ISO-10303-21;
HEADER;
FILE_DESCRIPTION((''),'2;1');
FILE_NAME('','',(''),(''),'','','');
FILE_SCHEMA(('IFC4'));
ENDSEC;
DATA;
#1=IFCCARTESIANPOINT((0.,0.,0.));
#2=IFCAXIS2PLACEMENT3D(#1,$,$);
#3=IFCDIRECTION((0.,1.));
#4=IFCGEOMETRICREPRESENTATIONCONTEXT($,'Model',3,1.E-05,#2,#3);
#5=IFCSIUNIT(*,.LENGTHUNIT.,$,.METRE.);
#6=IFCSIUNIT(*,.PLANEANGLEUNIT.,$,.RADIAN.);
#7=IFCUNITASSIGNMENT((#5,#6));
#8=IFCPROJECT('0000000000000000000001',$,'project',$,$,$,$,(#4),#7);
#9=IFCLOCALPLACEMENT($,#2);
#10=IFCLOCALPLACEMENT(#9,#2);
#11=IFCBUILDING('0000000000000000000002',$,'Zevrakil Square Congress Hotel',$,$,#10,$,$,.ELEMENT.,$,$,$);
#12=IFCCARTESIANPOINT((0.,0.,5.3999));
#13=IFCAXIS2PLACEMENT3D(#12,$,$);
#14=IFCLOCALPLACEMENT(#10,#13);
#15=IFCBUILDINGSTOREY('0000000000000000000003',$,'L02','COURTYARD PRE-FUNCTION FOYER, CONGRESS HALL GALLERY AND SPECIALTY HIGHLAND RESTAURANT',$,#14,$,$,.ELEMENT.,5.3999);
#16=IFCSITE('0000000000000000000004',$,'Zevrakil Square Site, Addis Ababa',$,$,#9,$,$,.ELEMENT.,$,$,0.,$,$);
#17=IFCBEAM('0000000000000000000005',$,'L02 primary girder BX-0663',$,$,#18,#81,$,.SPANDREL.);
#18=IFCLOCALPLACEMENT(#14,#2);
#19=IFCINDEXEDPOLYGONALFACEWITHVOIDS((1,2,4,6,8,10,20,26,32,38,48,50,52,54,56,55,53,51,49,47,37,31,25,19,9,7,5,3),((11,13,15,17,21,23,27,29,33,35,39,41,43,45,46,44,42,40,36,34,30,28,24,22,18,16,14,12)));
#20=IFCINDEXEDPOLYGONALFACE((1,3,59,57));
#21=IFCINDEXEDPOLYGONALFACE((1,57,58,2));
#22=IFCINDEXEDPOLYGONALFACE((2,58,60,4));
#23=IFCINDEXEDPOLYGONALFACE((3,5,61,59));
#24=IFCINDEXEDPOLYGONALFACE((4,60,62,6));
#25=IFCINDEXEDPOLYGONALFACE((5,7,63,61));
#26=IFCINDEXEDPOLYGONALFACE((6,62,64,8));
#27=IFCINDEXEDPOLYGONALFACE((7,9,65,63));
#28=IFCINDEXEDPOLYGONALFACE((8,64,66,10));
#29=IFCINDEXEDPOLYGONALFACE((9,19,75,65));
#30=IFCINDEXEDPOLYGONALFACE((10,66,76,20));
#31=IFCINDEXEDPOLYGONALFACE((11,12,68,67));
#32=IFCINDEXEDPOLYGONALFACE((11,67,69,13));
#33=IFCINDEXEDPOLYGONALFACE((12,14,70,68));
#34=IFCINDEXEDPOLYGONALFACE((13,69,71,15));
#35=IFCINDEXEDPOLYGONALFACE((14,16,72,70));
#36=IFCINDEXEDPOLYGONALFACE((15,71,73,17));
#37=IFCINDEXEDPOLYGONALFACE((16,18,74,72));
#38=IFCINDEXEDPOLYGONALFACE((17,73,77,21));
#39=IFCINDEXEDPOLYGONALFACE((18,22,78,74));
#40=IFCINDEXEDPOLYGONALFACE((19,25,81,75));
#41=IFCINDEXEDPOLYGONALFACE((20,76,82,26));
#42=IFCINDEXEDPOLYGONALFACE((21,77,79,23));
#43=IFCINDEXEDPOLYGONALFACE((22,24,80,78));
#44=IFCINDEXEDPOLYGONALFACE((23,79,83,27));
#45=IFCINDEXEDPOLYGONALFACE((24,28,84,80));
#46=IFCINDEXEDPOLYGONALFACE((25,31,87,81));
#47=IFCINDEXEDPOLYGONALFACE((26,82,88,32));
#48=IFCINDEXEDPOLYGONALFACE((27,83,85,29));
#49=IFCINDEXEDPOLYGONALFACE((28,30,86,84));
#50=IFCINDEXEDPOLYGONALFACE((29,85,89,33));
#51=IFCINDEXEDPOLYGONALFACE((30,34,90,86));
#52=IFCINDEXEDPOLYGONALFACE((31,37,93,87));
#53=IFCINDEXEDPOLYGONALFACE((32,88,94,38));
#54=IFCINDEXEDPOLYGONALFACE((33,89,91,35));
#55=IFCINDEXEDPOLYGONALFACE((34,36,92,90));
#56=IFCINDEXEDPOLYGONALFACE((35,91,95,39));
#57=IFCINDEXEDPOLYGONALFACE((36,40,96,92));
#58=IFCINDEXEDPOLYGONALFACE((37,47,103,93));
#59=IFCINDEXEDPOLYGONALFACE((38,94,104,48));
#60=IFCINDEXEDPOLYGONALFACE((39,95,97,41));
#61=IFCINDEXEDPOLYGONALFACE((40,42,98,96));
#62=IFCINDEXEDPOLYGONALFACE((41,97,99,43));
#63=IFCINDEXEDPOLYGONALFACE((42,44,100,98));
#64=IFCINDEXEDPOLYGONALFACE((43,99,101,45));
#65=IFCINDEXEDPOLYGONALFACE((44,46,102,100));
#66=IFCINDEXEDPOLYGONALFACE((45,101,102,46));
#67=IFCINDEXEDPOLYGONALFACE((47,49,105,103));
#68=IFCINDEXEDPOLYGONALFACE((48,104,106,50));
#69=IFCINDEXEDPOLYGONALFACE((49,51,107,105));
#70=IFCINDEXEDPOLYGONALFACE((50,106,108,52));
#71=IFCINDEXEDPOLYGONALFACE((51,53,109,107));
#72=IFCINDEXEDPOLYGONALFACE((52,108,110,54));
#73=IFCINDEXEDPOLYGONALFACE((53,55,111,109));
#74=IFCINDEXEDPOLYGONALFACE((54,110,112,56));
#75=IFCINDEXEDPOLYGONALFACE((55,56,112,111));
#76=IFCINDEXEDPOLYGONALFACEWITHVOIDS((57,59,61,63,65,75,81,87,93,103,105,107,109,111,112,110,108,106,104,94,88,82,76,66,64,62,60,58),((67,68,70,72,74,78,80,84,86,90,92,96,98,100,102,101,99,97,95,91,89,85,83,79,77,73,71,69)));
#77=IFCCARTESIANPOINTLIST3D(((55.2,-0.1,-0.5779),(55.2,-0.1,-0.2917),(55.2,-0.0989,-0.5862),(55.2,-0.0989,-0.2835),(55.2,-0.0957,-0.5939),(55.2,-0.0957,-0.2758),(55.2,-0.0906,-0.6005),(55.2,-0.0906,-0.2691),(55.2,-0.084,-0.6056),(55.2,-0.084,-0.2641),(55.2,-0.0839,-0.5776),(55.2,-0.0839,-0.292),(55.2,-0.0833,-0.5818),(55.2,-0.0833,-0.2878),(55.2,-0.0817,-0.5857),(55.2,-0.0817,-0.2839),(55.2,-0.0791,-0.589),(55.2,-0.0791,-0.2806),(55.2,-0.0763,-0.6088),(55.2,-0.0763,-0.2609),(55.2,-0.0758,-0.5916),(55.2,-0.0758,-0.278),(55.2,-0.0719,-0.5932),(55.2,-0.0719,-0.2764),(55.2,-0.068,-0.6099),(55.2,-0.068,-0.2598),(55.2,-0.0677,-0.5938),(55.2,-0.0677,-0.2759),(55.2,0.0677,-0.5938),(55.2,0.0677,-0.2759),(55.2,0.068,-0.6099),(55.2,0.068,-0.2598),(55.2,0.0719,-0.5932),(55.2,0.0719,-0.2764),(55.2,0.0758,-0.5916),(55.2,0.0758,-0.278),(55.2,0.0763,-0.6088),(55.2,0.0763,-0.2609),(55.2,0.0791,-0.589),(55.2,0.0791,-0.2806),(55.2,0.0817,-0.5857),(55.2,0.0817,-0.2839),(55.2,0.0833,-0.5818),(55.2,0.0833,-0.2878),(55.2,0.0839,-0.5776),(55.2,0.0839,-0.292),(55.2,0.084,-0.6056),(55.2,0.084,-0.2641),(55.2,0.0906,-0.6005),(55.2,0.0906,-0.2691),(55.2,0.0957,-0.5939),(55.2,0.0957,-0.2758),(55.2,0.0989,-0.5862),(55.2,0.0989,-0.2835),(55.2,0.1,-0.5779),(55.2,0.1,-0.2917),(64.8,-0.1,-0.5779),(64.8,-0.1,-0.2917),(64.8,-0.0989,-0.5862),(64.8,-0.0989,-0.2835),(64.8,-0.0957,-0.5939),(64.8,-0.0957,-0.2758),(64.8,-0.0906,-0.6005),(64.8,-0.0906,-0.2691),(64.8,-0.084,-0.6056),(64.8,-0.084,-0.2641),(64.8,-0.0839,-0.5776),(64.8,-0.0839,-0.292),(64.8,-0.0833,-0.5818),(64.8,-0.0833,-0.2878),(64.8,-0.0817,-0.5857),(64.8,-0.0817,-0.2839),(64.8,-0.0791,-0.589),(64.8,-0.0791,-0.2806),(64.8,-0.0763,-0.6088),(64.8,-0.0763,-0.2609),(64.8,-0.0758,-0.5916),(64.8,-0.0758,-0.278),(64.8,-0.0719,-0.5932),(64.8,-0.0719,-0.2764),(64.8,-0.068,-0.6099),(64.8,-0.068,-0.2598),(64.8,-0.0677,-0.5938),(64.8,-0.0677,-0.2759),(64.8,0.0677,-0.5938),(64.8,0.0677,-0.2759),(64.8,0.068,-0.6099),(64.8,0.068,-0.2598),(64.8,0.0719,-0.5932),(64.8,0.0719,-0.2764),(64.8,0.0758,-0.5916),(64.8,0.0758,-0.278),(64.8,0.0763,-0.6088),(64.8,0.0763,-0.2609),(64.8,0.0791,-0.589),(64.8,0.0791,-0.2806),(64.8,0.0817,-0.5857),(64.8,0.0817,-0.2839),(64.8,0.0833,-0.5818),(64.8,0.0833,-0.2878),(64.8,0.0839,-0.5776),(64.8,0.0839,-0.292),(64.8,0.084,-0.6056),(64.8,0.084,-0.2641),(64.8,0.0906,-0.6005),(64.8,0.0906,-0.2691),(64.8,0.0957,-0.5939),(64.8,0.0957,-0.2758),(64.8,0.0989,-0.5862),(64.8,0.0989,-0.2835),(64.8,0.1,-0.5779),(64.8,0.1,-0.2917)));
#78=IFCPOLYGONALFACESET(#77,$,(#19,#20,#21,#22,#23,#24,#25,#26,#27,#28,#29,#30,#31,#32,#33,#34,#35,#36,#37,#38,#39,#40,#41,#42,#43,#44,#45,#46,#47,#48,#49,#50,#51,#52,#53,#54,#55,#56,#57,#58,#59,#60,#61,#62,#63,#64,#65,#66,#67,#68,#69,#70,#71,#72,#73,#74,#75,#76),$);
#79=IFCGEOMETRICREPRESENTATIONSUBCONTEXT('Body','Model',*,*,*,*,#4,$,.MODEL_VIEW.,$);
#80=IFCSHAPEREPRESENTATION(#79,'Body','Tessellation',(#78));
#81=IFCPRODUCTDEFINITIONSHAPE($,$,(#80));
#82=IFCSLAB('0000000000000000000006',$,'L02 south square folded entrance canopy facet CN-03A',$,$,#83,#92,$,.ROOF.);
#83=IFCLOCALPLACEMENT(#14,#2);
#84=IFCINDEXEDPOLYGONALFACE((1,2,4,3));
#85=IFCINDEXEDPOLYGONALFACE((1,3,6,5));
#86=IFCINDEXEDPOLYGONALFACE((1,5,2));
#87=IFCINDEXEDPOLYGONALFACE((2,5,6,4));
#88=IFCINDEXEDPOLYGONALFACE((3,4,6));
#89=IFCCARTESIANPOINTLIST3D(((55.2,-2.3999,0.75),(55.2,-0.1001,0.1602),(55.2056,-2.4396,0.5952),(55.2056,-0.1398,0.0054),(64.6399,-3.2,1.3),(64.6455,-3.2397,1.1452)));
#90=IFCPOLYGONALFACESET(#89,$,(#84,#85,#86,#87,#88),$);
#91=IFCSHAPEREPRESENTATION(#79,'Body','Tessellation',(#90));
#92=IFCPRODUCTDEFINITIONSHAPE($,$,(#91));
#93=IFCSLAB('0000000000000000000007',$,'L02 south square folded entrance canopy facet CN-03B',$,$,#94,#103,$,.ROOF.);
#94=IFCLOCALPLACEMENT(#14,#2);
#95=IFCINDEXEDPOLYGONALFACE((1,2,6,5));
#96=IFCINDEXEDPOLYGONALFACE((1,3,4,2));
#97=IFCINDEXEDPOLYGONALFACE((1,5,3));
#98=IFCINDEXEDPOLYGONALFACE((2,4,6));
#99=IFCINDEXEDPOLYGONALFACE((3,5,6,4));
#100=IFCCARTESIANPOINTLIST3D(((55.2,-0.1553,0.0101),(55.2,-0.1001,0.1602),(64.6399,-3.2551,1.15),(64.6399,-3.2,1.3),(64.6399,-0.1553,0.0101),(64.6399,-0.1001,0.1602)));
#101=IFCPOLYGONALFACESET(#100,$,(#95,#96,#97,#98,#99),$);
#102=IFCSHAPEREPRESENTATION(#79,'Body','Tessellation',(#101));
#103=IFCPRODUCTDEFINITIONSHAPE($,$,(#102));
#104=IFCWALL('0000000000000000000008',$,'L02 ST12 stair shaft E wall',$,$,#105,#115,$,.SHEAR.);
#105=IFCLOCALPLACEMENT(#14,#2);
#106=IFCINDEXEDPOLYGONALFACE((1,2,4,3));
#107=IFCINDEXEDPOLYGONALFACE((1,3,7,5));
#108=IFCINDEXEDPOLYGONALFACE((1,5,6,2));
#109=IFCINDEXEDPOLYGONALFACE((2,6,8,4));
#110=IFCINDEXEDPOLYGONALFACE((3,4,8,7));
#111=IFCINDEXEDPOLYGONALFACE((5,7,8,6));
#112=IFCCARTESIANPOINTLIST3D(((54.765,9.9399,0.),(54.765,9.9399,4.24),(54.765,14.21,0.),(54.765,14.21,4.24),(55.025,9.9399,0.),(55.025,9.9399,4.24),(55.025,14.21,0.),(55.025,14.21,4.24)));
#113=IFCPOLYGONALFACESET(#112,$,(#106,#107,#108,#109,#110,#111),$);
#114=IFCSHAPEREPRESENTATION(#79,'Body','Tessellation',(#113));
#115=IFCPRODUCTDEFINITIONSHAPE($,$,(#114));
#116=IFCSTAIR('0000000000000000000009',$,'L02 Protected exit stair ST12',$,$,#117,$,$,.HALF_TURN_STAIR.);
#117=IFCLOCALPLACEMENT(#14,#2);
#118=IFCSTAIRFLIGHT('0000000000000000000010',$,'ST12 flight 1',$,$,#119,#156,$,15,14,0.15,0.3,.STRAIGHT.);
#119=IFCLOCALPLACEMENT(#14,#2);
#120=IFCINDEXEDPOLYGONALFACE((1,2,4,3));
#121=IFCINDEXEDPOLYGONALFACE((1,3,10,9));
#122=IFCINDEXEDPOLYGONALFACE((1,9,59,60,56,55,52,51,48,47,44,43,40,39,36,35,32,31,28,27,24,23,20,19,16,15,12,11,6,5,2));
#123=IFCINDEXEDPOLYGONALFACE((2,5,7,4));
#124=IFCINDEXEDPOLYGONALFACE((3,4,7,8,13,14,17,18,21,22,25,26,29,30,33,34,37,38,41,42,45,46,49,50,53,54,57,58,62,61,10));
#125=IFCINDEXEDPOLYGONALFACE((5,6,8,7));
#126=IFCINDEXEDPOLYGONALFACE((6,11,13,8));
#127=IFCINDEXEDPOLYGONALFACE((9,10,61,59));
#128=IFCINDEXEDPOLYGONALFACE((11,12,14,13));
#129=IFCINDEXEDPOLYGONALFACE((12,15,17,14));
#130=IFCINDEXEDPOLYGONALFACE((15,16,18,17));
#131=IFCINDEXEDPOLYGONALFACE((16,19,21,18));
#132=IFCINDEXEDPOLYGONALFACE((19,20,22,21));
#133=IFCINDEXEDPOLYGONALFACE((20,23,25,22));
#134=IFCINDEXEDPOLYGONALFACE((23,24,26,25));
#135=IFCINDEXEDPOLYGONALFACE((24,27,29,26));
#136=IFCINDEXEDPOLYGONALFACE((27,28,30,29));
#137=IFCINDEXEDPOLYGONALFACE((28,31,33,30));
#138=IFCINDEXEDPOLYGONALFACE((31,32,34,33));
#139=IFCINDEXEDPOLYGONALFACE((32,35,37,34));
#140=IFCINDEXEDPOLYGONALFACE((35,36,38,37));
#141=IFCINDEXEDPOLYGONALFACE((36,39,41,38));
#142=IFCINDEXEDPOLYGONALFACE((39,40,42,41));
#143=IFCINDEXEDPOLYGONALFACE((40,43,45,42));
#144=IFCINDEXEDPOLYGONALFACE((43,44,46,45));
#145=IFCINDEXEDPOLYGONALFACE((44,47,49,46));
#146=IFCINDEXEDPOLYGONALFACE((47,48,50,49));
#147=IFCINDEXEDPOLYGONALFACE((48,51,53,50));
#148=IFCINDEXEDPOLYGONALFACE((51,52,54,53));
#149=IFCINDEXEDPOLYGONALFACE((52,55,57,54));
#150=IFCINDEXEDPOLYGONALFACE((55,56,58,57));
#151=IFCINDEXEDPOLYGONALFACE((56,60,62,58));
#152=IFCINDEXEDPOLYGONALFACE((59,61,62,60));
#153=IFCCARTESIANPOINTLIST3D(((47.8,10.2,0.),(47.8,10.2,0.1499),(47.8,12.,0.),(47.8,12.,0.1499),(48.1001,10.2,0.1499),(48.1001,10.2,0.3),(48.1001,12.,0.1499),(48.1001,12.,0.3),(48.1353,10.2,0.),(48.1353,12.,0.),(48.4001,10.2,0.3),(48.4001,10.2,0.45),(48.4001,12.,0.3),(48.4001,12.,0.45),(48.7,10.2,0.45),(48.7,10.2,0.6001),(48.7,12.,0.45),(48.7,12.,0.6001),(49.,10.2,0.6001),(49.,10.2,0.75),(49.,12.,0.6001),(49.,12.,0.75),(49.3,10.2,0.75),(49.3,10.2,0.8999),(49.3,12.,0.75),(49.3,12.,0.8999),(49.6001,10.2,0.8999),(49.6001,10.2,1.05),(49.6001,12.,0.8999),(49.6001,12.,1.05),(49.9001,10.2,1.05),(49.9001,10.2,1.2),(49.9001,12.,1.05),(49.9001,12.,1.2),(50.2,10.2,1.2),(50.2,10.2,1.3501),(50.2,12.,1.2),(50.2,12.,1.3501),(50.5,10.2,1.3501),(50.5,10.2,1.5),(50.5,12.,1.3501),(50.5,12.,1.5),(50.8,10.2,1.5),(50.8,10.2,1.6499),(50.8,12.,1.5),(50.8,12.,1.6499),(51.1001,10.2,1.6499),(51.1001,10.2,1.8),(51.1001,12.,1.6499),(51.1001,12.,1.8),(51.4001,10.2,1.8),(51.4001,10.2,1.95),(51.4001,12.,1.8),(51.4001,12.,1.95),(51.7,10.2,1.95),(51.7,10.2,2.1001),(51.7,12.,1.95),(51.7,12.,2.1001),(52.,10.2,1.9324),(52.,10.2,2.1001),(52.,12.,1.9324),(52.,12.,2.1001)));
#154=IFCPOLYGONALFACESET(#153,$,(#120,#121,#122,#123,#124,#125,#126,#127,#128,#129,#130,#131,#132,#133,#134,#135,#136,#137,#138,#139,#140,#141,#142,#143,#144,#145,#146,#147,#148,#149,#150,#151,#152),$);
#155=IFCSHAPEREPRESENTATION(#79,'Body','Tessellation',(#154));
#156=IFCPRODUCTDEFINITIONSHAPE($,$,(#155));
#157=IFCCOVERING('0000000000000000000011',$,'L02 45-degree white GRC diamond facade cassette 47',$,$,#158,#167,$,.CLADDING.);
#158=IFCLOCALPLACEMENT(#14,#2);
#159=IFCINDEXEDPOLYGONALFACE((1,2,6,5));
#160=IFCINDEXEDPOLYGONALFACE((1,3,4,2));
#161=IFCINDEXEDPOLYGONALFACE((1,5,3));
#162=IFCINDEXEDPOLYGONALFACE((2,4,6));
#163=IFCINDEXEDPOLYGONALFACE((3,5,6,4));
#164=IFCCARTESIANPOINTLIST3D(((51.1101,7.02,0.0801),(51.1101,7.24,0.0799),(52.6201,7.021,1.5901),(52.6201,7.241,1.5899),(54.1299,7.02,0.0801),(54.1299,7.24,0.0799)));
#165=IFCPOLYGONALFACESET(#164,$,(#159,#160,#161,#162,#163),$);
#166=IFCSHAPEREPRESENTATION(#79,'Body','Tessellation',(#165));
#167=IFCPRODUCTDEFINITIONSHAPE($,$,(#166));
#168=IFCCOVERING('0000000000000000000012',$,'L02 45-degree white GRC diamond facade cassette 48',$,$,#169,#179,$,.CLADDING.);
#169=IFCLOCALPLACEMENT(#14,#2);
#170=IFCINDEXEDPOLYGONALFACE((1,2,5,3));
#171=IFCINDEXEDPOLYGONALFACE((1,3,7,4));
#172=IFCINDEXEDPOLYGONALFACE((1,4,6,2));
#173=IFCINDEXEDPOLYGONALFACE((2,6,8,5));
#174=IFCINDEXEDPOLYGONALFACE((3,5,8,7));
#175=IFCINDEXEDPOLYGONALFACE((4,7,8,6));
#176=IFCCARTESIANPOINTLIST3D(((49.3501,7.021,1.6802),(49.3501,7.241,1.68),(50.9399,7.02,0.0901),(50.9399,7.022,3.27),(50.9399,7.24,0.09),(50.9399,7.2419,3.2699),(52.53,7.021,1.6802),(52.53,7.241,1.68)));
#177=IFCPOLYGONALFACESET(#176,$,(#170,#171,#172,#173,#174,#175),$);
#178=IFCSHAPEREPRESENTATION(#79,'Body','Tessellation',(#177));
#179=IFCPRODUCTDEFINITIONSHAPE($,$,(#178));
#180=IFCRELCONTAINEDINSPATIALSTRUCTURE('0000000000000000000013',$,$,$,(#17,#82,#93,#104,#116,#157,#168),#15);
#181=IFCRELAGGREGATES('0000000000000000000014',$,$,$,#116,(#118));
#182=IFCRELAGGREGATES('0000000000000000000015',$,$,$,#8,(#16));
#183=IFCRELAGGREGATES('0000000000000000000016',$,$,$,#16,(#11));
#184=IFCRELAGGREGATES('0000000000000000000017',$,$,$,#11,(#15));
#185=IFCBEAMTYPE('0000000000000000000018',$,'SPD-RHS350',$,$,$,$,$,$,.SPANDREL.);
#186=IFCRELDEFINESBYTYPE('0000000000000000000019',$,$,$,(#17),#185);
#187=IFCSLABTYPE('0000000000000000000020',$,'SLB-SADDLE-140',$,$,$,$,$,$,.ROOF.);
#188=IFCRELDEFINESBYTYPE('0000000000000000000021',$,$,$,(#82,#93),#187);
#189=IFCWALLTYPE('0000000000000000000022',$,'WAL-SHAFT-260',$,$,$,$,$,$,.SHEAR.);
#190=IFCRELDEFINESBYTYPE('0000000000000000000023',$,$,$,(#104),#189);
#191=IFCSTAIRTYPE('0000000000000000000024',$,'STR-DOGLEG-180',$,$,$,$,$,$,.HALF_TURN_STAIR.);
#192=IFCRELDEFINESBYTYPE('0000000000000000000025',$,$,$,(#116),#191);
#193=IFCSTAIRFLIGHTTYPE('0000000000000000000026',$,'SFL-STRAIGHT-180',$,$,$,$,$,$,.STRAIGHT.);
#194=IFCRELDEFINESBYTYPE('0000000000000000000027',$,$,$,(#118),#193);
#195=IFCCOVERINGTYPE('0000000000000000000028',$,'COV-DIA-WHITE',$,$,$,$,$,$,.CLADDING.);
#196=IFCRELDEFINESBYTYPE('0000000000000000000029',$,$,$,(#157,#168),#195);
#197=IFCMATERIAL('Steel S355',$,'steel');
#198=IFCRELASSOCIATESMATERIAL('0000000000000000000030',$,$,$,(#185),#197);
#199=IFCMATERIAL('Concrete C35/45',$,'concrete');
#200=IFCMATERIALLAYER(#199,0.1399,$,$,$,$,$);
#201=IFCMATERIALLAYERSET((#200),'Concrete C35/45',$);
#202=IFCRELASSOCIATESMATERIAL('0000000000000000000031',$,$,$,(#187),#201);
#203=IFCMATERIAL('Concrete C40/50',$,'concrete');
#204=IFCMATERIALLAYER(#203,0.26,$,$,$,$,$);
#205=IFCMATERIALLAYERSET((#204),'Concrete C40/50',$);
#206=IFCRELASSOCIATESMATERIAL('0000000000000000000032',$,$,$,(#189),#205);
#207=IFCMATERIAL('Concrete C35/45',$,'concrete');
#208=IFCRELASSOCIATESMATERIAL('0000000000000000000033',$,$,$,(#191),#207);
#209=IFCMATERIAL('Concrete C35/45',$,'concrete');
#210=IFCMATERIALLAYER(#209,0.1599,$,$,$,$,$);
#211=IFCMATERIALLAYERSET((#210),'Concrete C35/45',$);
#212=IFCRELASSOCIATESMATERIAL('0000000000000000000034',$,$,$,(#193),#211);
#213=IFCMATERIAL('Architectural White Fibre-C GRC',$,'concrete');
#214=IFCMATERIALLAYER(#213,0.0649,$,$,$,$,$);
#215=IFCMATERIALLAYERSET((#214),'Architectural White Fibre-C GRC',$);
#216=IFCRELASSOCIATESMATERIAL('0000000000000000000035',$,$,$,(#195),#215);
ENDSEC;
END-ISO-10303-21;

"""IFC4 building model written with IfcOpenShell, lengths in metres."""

from ifc_helpers import new_model, si_unit, direction, frame, frame_2d, origin, origin_2d, place, context, subcontext, project, spatial, polyline, rectangle, hollow_rectangle, outline, extrude, material, layer, layer_set, material_profile, profile_set, type_object, element, aggregate, save


model = new_model("IFC4")

# Units and contexts
model_context = context("Model", 3, precision=1e-05, world=origin(), true_north=direction((0.0, 1.0)))
body_context = subcontext(model_context, "Body", "Model", "MODEL_VIEW")
ifc_project = project(units=[si_unit("LENGTHUNIT", "METRE"), si_unit("PLANEANGLEUNIT", "RADIAN")], contexts=[model_context])

# Site, building, storey
site_placement = place(None, origin())
site = spatial("IfcSite", under=ifc_project, at=site_placement, Name="Zevrakil Square Site, Addis Ababa", CompositionType="ELEMENT", RefElevation=0.0)
building_placement = place(site_placement, origin())
building = spatial("IfcBuilding", under=site, at=building_placement, Name="Zevrakil Square Congress Hotel", CompositionType="ELEMENT")
storey_placement = place(building_placement, frame((0.0, 0.0, 5.3999)))
storey = spatial("IfcBuildingStorey", under=building, at=storey_placement, Name="L02", Description="COURTYARD PRE-FUNCTION FOYER, CONGRESS HALL GALLERY AND SPECIALTY HIGHLAND RESTAURANT", CompositionType="ELEMENT", Elevation=5.3999)

# Beam
ifc_material_1 = material(Name="Steel S355", Category="steel")
ifc_material_profile_1 = material_profile(ifc_material_1, hollow_rectangle(XDim=0.2, YDim=0.3501, WallThickness=0.0161, InnerFilletRadius=0.0161, OuterFilletRadius=0.032, at=origin_2d()), Name="RHS 350x200x16")
ifc_profile_set_1 = profile_set([ifc_material_profile_1], Name="Steel S355")
beam_type_1 = type_object("IfcBeamType", Name="SPD-RHS350", PredefinedType="SPANDREL", material=ifc_profile_set_1)
beam_1_placement = place(storey_placement, frame((55.2, 0.0, -0.4348), z_axis=(1.0, 0.0, 0.0), x_axis=(0.0, 1.0, 0.0)))
element("IfcBeam", 1, at=beam_1_placement, inside=storey, type_object=beam_type_1, Name="L02 primary girder BX-0663", PredefinedType="SPANDREL", context=body_context, shape_type="SweptSolid", body=[
    extrude(hollow_rectangle(XDim=0.2, YDim=0.3501, WallThickness=0.0161, InnerFilletRadius=0.0161, OuterFilletRadius=0.032, at=origin_2d()), origin(), (0.0, 0.0, 1.0), 9.6001),
])

# Slabs
ifc_material_2 = material(Name="Concrete C35/45", Category="concrete")
ifc_layer_1 = layer(ifc_material_2, 0.1399)
ifc_layer_set_1 = layer_set([ifc_layer_1], Name="Concrete C35/45")
slab_type = type_object("IfcSlabType", Name="SLB-SADDLE-140", PredefinedType="ROOF", material=ifc_layer_set_1)
slab_1_placement = place(storey_placement, frame((55.2, -0.1001, 0.1602), z_axis=(-0.035364, 0.248279, 0.968043), x_axis=(0.0, -0.968649, 0.248435)))
element("IfcSlab", 2, at=slab_1_placement, inside=storey, type_object=slab_type, Name="L02 south square folded entrance canopy facet CN-03A", PredefinedType="ROOF", context=body_context, shape_type="SweptSolid", body=[
    extrude(outline(polyline([(0.0, 0.0), (2.3742, 0.0), (3.2859, 9.4458), (0.0, 0.0)])), origin(), (0.0, 0.0, -1.0), 0.1599),
])
slab_2_placement = place(storey_placement, frame((55.2, -0.1001, 0.1602), z_axis=(0.0, 0.34513, 0.938555), x_axis=(0.943895, -0.309953, 0.113977)))
element("IfcSlab", 3, at=slab_2_placement, inside=storey, type_object=slab_type, Name="L02 south square folded entrance canopy facet CN-03B", PredefinedType="ROOF", context=body_context, shape_type="SweptSolid", body=[
    extrude(outline(polyline([(0.0, 0.0), (10.001, 0.0), (8.9103, 3.1175), (0.0, 0.0)])), origin(), (0.0, 0.0, -1.0), 0.1599),
])

# Wall
ifc_material_3 = material(Name="Concrete C40/50", Category="concrete")
ifc_layer_2 = layer(ifc_material_3, 0.26)
ifc_layer_set_2 = layer_set([ifc_layer_2], Name="Concrete C40/50")
wall_type = type_object("IfcWallType", Name="WAL-SHAFT-260", PredefinedType="SHEAR", material=ifc_layer_set_2)
wall_placement = place(storey_placement, frame((54.895, 9.9399, 0.0), z_axis=(0.0, 0.0, 1.0), x_axis=(0.0, 1.0, 0.0)))
element("IfcWall", 4, at=wall_placement, inside=storey, type_object=wall_type, Name="L02 ST12 stair shaft E wall", PredefinedType="SHEAR", context=body_context, shape_type="SweptSolid", body=[
    extrude(rectangle(XDim=4.27, YDim=0.26, at=frame_2d((2.135, 0.0))), origin(), (0.0, 0.0, 1.0), 4.24),
])

# Stair, stair flight
ifc_material_4 = material(Name="Concrete C35/45", Category="concrete")
stair_type = type_object("IfcStairType", Name="STR-DOGLEG-180", PredefinedType="HALF_TURN_STAIR", material=ifc_material_4)
stair_placement = place(storey_placement, origin())
stair = element("IfcStair", 5, at=stair_placement, inside=storey, type_object=stair_type, Name="L02 Protected exit stair ST12", PredefinedType="HALF_TURN_STAIR")
ifc_material_5 = material(Name="Concrete C35/45", Category="concrete")
ifc_layer_3 = layer(ifc_material_5, 0.1599)
ifc_layer_set_3 = layer_set([ifc_layer_3], Name="Concrete C35/45")
stair_flight_type = type_object("IfcStairFlightType", Name="SFL-STRAIGHT-180", PredefinedType="STRAIGHT", material=ifc_layer_set_3)
stair_flight_placement = place(storey_placement, frame((47.8, 11.1001, 0.0), z_axis=(0.0, 0.0, 1.0), x_axis=(1.0, 0.0, 0.0)))
stair_flight = element("IfcStairFlight", 6, at=stair_flight_placement, type_object=stair_flight_type, Name="ST12 flight 1", NumberOfRisers=15, NumberOfTreads=14, PredefinedType="STRAIGHT", RiserHeight=0.15, TreadLength=0.3, context=body_context, shape_type="SweptSolid", body=[
    extrude(outline(polyline([(0.0, 0.0), (0.0, 0.1499), (0.3, 0.1499), (0.3, 0.3), (0.6001, 0.3), (0.6001, 0.45), (0.8999, 0.45), (0.8999, 0.6001), (1.2, 0.6001), (1.2, 0.75), (1.5, 0.75), (1.5, 0.8999), (1.8, 0.8999), (1.8, 1.05), (2.1001, 1.05), (2.1001, 1.2), (2.3999, 1.2), (2.3999, 1.3501), (2.7, 1.3501), (2.7, 1.5), (3.0, 1.5), (3.0, 1.6499), (3.3, 1.6499), (3.3, 1.8), (3.6001, 1.8), (3.6001, 1.95), (3.8999, 1.95), (3.8999, 2.1001), (4.2, 2.1001), (4.2, 2.25), (4.2, 1.9324), (0.3352, 0.0), (0.0, 0.0)])), frame((0.0, 0.8999, 0.0), z_axis=(0.0, -1.0, 0.0), x_axis=(1.0, 0.0, 0.0)), (0.0, 0.0, 1.0), 1.8),
])
aggregate(stair, [stair_flight])

# Coverings
ifc_material_6 = material(Name="Architectural White Fibre-C GRC", Category="concrete")
ifc_layer_4 = layer(ifc_material_6, 0.0649)
ifc_layer_set_4 = layer_set([ifc_layer_4], Name="Architectural White Fibre-C GRC")
covering_type_1 = type_object("IfcCoveringType", Name="COV-DIA-WHITE", PredefinedType="CLADDING", material=ifc_layer_set_4)
covering_1_placement = place(storey_placement, frame((52.6201, 7.021, 1.5901), z_axis=(0.0, -1.0, 0.000647), x_axis=(0.70705, -0.000457, -0.707164)))
element("IfcCovering", 7, at=covering_1_placement, inside=storey, type_object=covering_type_1, Name="L02 45-degree white GRC diamond facade cassette 47", PredefinedType="CLADDING", context=body_context, shape_type="SweptSolid", body=[
    extrude(outline(polyline([(0.0, 0.0), (2.1353, 0.0), (0.0002, -2.1355), (0.0, 0.0)])), origin(), (0.0, 0.0, -1.0), 0.22),
])
covering_2_placement = place(storey_placement, frame((50.9399, 7.022, 3.27), z_axis=(0.0, -1.0, 0.000614), x_axis=(0.707161, -0.000434, -0.707052)))
element("IfcCovering", 8, at=covering_2_placement, inside=storey, type_object=covering_type_1, Name="L02 45-degree white GRC diamond facade cassette 48", PredefinedType="CLADDING", context=body_context, shape_type="SweptSolid", body=[
    extrude(outline(polyline([(0.0, 0.0), (2.2486, 0.0), (2.2484, -2.2487), (-0.0002, -2.2484), (0.0, 0.0)])), origin(), (0.0, 0.0, -1.0), 0.22),
])

save(model, "model.ifc")
